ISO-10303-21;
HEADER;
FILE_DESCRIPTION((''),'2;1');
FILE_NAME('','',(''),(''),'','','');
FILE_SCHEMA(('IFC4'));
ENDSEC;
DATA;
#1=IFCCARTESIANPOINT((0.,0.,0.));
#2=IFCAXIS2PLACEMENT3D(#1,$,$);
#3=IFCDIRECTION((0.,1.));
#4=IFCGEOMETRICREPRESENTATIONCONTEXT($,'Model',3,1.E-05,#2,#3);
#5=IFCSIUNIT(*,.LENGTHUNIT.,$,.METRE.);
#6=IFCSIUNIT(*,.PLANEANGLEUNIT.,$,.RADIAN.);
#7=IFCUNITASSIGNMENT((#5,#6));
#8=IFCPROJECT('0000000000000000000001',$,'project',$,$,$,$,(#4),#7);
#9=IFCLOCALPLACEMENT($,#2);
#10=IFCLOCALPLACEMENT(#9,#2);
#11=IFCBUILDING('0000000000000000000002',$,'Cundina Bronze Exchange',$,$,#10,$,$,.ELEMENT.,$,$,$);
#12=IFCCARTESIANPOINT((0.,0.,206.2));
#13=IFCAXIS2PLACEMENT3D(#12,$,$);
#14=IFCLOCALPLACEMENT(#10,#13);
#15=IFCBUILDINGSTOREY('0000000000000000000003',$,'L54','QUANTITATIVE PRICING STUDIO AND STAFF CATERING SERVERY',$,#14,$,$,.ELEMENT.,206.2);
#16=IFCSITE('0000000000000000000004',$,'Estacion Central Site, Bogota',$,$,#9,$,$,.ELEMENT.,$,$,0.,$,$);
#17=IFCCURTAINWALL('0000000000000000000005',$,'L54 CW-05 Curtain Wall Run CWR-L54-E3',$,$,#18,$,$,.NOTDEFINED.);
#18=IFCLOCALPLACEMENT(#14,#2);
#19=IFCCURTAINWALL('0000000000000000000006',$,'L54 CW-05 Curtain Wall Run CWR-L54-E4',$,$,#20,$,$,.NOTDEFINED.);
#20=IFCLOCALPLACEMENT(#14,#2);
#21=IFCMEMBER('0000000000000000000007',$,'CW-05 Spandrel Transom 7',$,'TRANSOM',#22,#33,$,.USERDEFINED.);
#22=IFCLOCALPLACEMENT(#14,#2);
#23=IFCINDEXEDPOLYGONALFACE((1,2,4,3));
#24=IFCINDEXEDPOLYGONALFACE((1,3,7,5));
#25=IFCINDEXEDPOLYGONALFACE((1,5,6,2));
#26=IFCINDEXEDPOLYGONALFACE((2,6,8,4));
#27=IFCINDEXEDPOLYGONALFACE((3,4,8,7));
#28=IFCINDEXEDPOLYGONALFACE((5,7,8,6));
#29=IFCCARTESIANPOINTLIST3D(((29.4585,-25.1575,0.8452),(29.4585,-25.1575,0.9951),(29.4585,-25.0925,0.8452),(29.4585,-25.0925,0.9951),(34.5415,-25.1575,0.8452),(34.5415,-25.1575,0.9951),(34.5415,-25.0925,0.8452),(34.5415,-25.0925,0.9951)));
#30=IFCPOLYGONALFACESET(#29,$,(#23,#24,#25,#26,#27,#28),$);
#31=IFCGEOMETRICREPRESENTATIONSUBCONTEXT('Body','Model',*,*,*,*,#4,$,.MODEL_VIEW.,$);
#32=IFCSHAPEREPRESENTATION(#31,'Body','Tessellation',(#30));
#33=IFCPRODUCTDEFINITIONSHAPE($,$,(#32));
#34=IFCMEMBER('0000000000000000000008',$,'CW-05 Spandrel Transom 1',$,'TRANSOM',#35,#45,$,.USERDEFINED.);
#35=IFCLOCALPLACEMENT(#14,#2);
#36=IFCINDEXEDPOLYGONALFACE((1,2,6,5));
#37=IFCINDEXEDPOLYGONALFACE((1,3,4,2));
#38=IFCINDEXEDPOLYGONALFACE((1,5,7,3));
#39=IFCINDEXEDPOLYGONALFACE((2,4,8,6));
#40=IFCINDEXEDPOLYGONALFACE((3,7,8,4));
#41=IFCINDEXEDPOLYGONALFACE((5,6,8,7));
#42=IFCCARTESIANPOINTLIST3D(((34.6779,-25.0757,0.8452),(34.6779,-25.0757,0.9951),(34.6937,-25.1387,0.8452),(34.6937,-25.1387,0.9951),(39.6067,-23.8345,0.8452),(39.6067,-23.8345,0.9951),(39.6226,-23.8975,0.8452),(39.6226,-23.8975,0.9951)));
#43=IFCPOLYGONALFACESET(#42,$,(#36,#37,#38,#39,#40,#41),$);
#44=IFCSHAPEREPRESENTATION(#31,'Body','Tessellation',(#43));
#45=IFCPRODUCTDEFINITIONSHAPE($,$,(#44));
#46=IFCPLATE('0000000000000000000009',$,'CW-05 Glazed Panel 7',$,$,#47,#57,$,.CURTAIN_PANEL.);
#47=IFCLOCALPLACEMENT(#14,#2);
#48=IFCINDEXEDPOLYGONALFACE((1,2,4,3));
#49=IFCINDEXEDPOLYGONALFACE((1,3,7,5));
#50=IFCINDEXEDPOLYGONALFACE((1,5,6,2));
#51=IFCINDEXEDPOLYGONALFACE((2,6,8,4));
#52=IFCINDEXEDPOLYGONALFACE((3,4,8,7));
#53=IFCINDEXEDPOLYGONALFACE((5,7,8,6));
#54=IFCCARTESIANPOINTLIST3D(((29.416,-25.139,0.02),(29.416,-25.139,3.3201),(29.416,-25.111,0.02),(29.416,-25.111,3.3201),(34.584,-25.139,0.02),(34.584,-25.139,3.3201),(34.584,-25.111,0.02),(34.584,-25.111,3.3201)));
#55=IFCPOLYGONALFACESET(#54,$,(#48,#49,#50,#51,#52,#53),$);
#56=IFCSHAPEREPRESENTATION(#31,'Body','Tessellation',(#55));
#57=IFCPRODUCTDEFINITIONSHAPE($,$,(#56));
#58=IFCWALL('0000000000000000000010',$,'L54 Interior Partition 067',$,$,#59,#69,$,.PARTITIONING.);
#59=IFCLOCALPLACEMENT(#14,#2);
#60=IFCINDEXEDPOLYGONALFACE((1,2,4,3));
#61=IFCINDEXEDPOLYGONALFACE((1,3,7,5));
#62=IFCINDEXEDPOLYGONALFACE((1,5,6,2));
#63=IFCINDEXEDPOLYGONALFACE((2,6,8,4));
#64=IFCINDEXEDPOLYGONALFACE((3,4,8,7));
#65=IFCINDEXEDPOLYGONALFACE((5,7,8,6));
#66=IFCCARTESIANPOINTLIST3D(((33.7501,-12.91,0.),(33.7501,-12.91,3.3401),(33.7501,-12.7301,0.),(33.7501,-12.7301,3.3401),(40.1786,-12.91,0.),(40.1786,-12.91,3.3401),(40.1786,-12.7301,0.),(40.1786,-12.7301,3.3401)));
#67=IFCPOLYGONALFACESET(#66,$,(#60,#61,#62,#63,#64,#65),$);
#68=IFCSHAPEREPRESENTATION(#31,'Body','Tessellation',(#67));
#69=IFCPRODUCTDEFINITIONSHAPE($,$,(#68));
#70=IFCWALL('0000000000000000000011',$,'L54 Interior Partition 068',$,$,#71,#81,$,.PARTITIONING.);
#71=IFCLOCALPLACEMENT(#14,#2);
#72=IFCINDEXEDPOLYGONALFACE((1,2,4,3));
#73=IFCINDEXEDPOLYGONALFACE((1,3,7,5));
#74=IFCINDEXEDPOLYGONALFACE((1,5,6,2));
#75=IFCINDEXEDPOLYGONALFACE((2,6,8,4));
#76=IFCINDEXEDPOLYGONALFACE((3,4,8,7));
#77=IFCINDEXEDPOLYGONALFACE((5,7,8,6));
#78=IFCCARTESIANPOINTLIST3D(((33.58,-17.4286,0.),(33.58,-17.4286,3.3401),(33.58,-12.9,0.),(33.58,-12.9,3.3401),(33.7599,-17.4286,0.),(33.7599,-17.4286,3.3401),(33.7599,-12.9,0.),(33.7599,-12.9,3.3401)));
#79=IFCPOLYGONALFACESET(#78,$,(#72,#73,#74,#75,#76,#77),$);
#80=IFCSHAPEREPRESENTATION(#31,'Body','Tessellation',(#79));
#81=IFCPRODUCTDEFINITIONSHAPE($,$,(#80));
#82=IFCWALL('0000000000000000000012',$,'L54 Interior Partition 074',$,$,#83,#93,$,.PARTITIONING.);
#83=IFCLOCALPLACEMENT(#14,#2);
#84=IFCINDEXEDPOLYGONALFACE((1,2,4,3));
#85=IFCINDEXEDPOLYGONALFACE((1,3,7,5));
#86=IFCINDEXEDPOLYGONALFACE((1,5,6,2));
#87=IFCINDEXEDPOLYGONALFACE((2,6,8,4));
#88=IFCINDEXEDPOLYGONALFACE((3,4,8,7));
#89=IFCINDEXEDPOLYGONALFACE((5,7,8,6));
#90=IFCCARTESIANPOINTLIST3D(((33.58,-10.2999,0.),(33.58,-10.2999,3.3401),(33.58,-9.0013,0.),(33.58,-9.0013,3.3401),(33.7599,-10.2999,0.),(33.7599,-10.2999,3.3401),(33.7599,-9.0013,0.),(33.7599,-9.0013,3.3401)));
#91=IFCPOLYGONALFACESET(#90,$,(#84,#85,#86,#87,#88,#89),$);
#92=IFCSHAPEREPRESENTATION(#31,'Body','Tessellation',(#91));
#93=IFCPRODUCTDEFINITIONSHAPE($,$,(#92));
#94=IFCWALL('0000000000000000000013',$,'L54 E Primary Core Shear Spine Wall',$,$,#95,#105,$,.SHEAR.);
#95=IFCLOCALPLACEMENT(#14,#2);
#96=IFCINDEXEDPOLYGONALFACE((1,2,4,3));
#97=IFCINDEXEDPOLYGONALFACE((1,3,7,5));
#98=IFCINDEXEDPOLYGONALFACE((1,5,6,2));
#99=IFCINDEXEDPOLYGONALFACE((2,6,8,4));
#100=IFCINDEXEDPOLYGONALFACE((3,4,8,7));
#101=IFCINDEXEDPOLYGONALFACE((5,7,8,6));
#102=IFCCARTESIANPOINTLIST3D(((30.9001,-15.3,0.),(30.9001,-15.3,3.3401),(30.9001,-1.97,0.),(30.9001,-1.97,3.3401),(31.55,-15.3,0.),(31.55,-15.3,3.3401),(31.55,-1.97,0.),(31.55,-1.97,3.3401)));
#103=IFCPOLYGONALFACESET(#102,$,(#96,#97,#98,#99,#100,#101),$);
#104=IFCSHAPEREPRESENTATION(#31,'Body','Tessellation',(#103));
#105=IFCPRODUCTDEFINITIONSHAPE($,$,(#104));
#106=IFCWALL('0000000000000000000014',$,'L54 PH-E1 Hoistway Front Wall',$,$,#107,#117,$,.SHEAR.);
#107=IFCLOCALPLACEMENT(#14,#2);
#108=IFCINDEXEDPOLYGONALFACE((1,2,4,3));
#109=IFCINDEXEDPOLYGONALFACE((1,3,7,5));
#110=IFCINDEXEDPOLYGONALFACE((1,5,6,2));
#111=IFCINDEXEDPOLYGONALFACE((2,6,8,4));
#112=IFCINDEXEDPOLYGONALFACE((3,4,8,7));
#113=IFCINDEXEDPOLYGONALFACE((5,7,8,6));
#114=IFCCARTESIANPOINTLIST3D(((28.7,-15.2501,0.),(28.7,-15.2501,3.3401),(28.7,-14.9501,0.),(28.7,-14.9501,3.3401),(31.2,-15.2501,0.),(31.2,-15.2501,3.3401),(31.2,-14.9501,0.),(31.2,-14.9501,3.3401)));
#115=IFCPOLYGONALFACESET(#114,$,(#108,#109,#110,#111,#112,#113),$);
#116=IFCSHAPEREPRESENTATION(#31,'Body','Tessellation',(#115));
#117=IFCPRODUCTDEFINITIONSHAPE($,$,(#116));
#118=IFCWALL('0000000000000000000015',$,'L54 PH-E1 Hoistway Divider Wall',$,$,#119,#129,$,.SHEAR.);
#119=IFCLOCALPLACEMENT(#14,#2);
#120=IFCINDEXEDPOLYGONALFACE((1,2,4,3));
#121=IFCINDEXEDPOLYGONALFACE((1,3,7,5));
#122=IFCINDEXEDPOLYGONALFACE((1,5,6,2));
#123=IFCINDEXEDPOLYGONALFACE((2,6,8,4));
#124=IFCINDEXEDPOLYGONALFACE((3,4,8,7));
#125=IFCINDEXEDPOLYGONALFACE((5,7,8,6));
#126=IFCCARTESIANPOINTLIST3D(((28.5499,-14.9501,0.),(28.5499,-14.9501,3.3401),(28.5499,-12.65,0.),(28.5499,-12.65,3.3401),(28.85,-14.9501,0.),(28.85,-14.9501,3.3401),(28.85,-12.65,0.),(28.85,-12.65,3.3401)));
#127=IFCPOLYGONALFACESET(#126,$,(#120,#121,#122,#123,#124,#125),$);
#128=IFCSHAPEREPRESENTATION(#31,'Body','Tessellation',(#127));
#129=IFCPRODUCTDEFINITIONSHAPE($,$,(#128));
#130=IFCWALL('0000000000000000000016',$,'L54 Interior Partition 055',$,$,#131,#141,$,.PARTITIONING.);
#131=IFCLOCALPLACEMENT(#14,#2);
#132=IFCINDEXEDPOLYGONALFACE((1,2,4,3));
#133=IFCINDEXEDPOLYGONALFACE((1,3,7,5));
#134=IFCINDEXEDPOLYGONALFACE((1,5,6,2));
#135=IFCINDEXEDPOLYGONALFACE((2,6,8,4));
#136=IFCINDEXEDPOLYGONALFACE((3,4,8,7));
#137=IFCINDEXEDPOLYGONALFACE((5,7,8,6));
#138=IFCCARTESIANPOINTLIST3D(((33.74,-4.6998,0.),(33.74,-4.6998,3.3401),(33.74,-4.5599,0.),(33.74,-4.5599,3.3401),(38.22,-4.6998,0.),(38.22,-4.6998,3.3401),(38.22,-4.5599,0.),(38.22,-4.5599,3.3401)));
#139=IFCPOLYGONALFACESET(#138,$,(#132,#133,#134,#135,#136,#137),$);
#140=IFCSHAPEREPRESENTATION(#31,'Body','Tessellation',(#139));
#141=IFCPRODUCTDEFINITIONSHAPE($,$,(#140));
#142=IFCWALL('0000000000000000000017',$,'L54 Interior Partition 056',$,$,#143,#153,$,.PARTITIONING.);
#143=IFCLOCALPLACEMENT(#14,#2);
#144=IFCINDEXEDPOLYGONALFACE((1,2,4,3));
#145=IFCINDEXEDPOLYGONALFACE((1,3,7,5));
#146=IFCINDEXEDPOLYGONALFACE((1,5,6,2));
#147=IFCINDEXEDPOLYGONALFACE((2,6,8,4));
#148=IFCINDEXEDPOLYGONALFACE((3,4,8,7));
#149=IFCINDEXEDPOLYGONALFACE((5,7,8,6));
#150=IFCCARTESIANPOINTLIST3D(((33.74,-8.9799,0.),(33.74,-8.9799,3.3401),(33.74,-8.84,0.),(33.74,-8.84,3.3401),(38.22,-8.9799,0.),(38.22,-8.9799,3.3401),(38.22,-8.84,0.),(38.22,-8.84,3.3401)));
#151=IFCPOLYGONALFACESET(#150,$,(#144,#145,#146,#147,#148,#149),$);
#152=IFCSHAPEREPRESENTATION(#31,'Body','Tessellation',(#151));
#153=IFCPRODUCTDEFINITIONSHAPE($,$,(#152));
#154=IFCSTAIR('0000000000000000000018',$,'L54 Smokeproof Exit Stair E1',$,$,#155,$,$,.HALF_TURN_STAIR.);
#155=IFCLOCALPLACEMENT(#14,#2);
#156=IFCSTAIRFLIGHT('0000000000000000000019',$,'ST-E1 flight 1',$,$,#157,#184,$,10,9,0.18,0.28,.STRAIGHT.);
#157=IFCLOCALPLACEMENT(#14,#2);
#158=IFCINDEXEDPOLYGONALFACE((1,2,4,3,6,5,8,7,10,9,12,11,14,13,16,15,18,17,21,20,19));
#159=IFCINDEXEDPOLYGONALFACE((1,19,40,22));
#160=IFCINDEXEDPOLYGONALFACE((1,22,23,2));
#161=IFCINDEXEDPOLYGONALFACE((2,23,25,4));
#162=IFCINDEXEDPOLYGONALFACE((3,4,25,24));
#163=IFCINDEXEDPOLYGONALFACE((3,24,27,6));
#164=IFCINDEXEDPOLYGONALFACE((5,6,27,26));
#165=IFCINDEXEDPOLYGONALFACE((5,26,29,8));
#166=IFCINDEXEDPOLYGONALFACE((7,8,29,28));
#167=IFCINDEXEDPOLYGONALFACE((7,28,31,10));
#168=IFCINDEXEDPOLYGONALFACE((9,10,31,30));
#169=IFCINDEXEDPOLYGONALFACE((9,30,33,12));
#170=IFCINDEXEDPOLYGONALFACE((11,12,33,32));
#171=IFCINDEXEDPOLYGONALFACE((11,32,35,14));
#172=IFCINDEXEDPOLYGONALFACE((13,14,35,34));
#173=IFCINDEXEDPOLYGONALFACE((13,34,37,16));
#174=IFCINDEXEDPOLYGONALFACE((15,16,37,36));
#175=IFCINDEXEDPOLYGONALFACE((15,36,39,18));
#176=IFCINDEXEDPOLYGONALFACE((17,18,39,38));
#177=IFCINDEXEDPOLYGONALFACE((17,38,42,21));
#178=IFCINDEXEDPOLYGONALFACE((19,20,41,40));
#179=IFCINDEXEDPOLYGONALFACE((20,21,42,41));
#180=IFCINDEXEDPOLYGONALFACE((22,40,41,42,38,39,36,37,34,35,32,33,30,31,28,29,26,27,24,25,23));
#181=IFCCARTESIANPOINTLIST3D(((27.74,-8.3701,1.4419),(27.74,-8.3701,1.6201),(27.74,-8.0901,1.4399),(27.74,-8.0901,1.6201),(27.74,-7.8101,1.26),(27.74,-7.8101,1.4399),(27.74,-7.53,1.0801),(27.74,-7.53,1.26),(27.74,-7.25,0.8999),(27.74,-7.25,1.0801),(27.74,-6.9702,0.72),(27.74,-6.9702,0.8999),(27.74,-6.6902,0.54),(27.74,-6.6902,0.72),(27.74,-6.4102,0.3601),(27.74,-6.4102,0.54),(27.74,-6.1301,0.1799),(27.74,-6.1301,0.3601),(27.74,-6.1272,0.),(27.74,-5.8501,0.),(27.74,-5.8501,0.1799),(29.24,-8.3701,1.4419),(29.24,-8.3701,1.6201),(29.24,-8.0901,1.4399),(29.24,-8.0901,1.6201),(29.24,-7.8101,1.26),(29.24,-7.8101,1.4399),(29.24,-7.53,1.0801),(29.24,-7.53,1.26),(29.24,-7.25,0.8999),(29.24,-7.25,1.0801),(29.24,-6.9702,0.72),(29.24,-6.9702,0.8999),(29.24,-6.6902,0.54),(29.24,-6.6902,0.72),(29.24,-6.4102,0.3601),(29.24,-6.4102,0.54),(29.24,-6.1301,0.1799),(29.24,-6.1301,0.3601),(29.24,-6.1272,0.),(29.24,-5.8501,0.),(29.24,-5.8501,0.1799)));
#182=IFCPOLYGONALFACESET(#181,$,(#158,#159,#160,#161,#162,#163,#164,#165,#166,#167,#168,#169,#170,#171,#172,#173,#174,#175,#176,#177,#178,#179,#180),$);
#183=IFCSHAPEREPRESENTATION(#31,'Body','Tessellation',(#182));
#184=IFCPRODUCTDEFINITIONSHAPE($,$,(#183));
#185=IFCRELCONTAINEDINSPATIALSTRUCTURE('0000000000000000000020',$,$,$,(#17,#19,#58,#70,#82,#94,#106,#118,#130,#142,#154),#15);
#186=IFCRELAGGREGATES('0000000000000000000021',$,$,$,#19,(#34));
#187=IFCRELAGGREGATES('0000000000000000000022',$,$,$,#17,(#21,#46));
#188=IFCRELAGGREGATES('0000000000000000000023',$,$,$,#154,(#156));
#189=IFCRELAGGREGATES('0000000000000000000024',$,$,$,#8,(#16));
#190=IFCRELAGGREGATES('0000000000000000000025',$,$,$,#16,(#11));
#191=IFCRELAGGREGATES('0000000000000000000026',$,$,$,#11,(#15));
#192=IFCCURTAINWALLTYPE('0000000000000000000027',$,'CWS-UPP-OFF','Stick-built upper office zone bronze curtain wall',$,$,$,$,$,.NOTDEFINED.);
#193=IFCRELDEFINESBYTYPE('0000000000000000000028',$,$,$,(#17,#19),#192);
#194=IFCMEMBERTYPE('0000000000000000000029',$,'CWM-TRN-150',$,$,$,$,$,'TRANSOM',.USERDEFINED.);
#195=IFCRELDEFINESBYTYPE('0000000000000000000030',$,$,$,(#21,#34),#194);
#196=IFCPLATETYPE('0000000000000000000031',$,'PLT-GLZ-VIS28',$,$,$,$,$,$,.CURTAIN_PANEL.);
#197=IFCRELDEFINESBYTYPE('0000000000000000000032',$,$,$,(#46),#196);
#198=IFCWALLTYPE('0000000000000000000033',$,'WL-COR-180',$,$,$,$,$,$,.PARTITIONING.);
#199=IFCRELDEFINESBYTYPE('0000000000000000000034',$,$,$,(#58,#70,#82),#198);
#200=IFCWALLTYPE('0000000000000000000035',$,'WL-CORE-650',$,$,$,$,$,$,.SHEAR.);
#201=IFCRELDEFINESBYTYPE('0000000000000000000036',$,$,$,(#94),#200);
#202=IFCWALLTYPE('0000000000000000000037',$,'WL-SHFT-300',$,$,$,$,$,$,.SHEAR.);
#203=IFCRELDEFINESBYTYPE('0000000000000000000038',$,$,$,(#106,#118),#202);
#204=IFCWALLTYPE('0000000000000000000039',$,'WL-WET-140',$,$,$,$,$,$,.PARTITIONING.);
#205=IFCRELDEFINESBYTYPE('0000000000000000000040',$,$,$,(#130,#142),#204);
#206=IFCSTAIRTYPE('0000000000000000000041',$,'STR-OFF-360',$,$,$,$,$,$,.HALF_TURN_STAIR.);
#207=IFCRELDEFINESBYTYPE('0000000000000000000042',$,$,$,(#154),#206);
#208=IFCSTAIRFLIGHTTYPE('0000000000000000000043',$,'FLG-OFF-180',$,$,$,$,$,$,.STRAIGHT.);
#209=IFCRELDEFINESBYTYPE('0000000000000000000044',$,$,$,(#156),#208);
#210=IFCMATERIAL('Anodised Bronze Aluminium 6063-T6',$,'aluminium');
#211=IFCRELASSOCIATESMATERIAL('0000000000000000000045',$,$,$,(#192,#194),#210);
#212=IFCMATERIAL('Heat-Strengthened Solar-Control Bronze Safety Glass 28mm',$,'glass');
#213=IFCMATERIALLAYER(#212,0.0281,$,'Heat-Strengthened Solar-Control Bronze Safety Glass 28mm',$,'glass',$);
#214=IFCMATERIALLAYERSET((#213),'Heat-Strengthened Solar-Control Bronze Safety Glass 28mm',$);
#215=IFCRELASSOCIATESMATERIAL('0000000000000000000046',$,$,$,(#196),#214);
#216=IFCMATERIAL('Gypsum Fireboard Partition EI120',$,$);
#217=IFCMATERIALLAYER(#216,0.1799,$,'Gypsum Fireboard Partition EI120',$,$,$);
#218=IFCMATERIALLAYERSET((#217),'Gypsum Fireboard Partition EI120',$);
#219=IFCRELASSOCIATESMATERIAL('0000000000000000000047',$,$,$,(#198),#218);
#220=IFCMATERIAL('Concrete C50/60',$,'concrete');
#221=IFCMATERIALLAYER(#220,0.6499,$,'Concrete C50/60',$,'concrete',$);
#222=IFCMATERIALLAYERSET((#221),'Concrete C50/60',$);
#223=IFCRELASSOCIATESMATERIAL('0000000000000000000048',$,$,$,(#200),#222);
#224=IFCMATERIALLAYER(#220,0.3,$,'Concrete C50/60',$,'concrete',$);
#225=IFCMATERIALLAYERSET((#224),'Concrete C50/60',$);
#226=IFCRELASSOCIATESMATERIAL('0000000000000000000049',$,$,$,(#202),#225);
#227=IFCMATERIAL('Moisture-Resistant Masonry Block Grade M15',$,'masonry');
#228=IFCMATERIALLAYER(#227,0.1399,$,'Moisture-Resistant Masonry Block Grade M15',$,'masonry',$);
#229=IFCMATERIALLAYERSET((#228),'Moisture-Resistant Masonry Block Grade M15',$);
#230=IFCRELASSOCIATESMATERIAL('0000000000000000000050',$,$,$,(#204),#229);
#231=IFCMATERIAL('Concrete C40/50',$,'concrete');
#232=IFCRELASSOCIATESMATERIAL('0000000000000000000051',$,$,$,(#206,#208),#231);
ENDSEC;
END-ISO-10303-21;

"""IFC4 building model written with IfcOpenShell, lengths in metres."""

from ifc_helpers import new_model, si_unit, direction, frame, frame_2d, origin, origin_2d, place, context, subcontext, project, spatial, polyline, rectangle, outline, extrude, material, layer, layer_set, material_profile, profile_set, type_object, element, aggregate, save


model = new_model("IFC4")

# Units and contexts
model_context = context("Model", 3, precision=1e-05, world=origin(), true_north=direction((0.0, 1.0)))
body_context = subcontext(model_context, "Body", "Model", "MODEL_VIEW")
ifc_project = project(units=[si_unit("LENGTHUNIT", "METRE"), si_unit("PLANEANGLEUNIT", "RADIAN")], contexts=[model_context])

# Site, building, storey
site_placement = place(None, origin())
site = spatial("IfcSite", under=ifc_project, at=site_placement, Name="Estacion Central Site, Bogota", CompositionType="ELEMENT", RefElevation=0.0)
building_placement = place(site_placement, origin())
building = spatial("IfcBuilding", under=site, at=building_placement, Name="Cundina Bronze Exchange", CompositionType="ELEMENT")
storey_placement = place(building_placement, frame((0.0, 0.0, 206.2)))
storey = spatial("IfcBuildingStorey", under=building, at=storey_placement, Name="L54", Description="QUANTITATIVE PRICING STUDIO AND STAFF CATERING SERVERY", CompositionType="ELEMENT", Elevation=206.2)

# Shared definitions
ifc_material_1 = material(Name="Concrete C50/60", Category="concrete")

# Curtain wall
ifc_material_2 = material(Name="Anodised Bronze Aluminium 6063-T6", Category="aluminium")
curtain_wall_type = type_object("IfcCurtainWallType", Name="CWS-UPP-OFF", Description="Stick-built upper office zone bronze curtain wall", PredefinedType="NOTDEFINED", material=ifc_material_2)
curtain_wall_1_placement = place(storey_placement, origin())
curtain_wall_1 = element("IfcCurtainWall", 1, at=curtain_wall_1_placement, inside=storey, type_object=curtain_wall_type, Name="L54 CW-05 Curtain Wall Run CWR-L54-E3", PredefinedType="NOTDEFINED")

# Curtain wall
curtain_wall_2_placement = place(storey_placement, origin())
curtain_wall_2 = element("IfcCurtainWall", 2, at=curtain_wall_2_placement, inside=storey, type_object=curtain_wall_type, Name="L54 CW-05 Curtain Wall Run CWR-L54-E4", PredefinedType="NOTDEFINED")

# Members
ifc_material_profile_1 = material_profile(ifc_material_2, rectangle(XDim=0.0649, YDim=0.1499, at=origin_2d()), Name="AL65X150", Category="aluminium")
ifc_profile_set_1 = profile_set([ifc_material_profile_1], Name="Anodised Bronze Aluminium 6063-T6")
member_type_1 = type_object("IfcMemberType", Name="CWM-TRN-150", ElementType="TRANSOM", PredefinedType="USERDEFINED", material=ifc_profile_set_1)
member_1_placement = place(storey_placement, frame((29.4585, -25.125, 0.9202), z_axis=(1.0, 0.0, 0.0), x_axis=(0.0, 1.0, 0.0)))
member_1 = element("IfcMember", 3, at=member_1_placement, type_object=member_type_1, Name="CW-05 Spandrel Transom 7", ObjectType="TRANSOM", PredefinedType="USERDEFINED", context=body_context, shape_type="SweptSolid", body=[
    extrude(rectangle(XDim=0.0649, YDim=0.1499, at=origin_2d()), origin(), (0.0, 0.0, 1.0), 5.083),
])
member_2_placement = place(storey_placement, frame((34.6858, -25.1072, 0.9202), z_axis=(0.969726, 0.244197, 0.0), x_axis=(-0.244197, 0.969726, 0.0)))
member_2 = element("IfcMember", 4, at=member_2_placement, type_object=member_type_1, Name="CW-05 Spandrel Transom 1", ObjectType="TRANSOM", PredefinedType="USERDEFINED", context=body_context, shape_type="SweptSolid", body=[
    extrude(rectangle(XDim=0.0649, YDim=0.1499, at=origin_2d()), origin(), (0.0, 0.0, 1.0), 5.0828),
])
aggregate(curtain_wall_2, [member_2])

# Plate
ifc_material_3 = material(Name="Heat-Strengthened Solar-Control Bronze Safety Glass 28mm", Category="glass")
ifc_layer_1 = layer(ifc_material_3, 0.0281, Name="Heat-Strengthened Solar-Control Bronze Safety Glass 28mm", Category="glass")
ifc_layer_set_1 = layer_set([ifc_layer_1], Name="Heat-Strengthened Solar-Control Bronze Safety Glass 28mm")
plate_type = type_object("IfcPlateType", Name="PLT-GLZ-VIS28", PredefinedType="CURTAIN_PANEL", material=ifc_layer_set_1)
plate_placement = place(storey_placement, frame((32.0, -25.125, 0.02), z_axis=(0.0, 0.0, 1.0), x_axis=(1.0, 0.0, 0.0)))
plate = element("IfcPlate", 5, at=plate_placement, type_object=plate_type, Name="CW-05 Glazed Panel 7", PredefinedType="CURTAIN_PANEL", context=body_context, shape_type="SweptSolid", body=[
    extrude(rectangle(XDim=5.168, YDim=0.0281, at=origin_2d()), origin(), (0.0, 0.0, 1.0), 3.3),
])
aggregate(curtain_wall_1, [member_1, plate])

# Shared definitions
ifc_material_4 = material(Name="Gypsum Fireboard Partition EI120")
ifc_layer_2 = layer(ifc_material_4, 0.1799, Name="Gypsum Fireboard Partition EI120")
ifc_layer_set_2 = layer_set([ifc_layer_2], Name="Gypsum Fireboard Partition EI120")
wall_type_1 = type_object("IfcWallType", Name="WL-COR-180", PredefinedType="PARTITIONING", material=ifc_layer_set_2)

# Walls
wall_1_placement = place(storey_placement, frame((33.75, -12.8201, 0.0), z_axis=(0.0, 0.0, 1.0), x_axis=(1.0, 0.0, 0.0)))
element("IfcWall", 6, at=wall_1_placement, inside=storey, type_object=wall_type_1, Name="L54 Interior Partition 067", PredefinedType="PARTITIONING", context=body_context, shape_type="SweptSolid", body=[
    extrude(rectangle(XDim=6.4285, YDim=0.1799, at=frame_2d((3.2144, 0.0))), origin(), (0.0, 0.0, 1.0), 3.3401),
])
wall_2_placement = place(storey_placement, frame((33.6699, -17.4285, 0.0), z_axis=(0.0, 0.0, 1.0), x_axis=(0.0, 1.0, 0.0)))
element("IfcWall", 7, at=wall_2_placement, inside=storey, type_object=wall_type_1, Name="L54 Interior Partition 068", PredefinedType="PARTITIONING", context=body_context, shape_type="SweptSolid", body=[
    extrude(rectangle(XDim=4.5286, YDim=0.1799, at=frame_2d((2.2642, 0.0))), origin(), (0.0, 0.0, 1.0), 3.3401),
])
wall_3_placement = place(storey_placement, frame((33.6699, -10.3, 0.0), z_axis=(0.0, 0.0, 1.0), x_axis=(0.0, 1.0, 0.0)))
element("IfcWall", 8, at=wall_3_placement, inside=storey, type_object=wall_type_1, Name="L54 Interior Partition 074", PredefinedType="PARTITIONING", context=body_context, shape_type="SweptSolid", body=[
    extrude(rectangle(XDim=1.2986, YDim=0.1799, at=frame_2d((0.6494, 0.0))), origin(), (0.0, 0.0, 1.0), 3.3401),
])
ifc_layer_3 = layer(ifc_material_1, 0.6499, Name="Concrete C50/60", Category="concrete")
ifc_layer_set_3 = layer_set([ifc_layer_3], Name="Concrete C50/60")
wall_type_2 = type_object("IfcWallType", Name="WL-CORE-650", PredefinedType="SHEAR", material=ifc_layer_set_3)
wall_4_placement = place(storey_placement, frame((31.2251, -15.3, 0.0), z_axis=(0.0, 0.0, 1.0), x_axis=(0.0, 1.0, 0.0)))
element("IfcWall", 9, at=wall_4_placement, inside=storey, type_object=wall_type_2, Name="L54 E Primary Core Shear Spine Wall", PredefinedType="SHEAR", context=body_context, shape_type="SweptSolid", body=[
    extrude(rectangle(XDim=13.3301, YDim=0.6499, at=frame_2d((6.665, 0.0))), origin(), (0.0, 0.0, 1.0), 3.3401),
])
ifc_layer_4 = layer(ifc_material_1, 0.3, Name="Concrete C50/60", Category="concrete")
ifc_layer_set_4 = layer_set([ifc_layer_4], Name="Concrete C50/60")
wall_type_3 = type_object("IfcWallType", Name="WL-SHFT-300", PredefinedType="SHEAR", material=ifc_layer_set_4)
wall_5_placement = place(storey_placement, frame((28.7, -15.1001, 0.0), z_axis=(0.0, 0.0, 1.0), x_axis=(1.0, 0.0, 0.0)))
element("IfcWall", 10, at=wall_5_placement, inside=storey, type_object=wall_type_3, Name="L54 PH-E1 Hoistway Front Wall", PredefinedType="SHEAR", context=body_context, shape_type="SweptSolid", body=[
    extrude(rectangle(XDim=2.5, YDim=0.3, at=frame_2d((1.25, 0.0))), origin(), (0.0, 0.0, 1.0), 3.3401),
])
wall_6_placement = place(storey_placement, frame((28.7, -14.95, 0.0), z_axis=(0.0, 0.0, 1.0), x_axis=(0.0, 1.0, 0.0)))
element("IfcWall", 11, at=wall_6_placement, inside=storey, type_object=wall_type_3, Name="L54 PH-E1 Hoistway Divider Wall", PredefinedType="SHEAR", context=body_context, shape_type="SweptSolid", body=[
    extrude(rectangle(XDim=2.3, YDim=0.3, at=frame_2d((1.1499, 0.0))), origin(), (0.0, 0.0, 1.0), 3.3401),
])
ifc_material_5 = material(Name="Moisture-Resistant Masonry Block Grade M15", Category="masonry")
ifc_layer_5 = layer(ifc_material_5, 0.1399, Name="Moisture-Resistant Masonry Block Grade M15", Category="masonry")
ifc_layer_set_5 = layer_set([ifc_layer_5], Name="Moisture-Resistant Masonry Block Grade M15")
wall_type_4 = type_object("IfcWallType", Name="WL-WET-140", PredefinedType="PARTITIONING", material=ifc_layer_set_5)
for number, where, z_axis, x_axis, name in (
    (12, (33.74, -4.6299, 0.0), (0.0, 0.0, 1.0), (1.0, 0.0, 0.0), "L54 Interior Partition 055"),
    (13, (33.74, -8.9099, 0.0), (0.0, 0.0, 1.0), (1.0, 0.0, 0.0), "L54 Interior Partition 056"),
):
    element("IfcWall", number, at=place(storey_placement, frame(where, z_axis=z_axis, x_axis=x_axis)), inside=storey, type_object=wall_type_4, Name=name, PredefinedType="PARTITIONING", context=body_context, shape_type="SweptSolid", body=[
        extrude(rectangle(XDim=4.48, YDim=0.1399, at=frame_2d((2.24, 0.0))), origin(), (0.0, 0.0, 1.0), 3.3401),
    ])

# Stair, stair flight
ifc_material_6 = material(Name="Concrete C40/50", Category="concrete")
stair_type = type_object("IfcStairType", Name="STR-OFF-360", PredefinedType="HALF_TURN_STAIR", material=ifc_material_6)
stair_placement = place(storey_placement, origin())
stair = element("IfcStair", 14, at=stair_placement, inside=storey, type_object=stair_type, Name="L54 Smokeproof Exit Stair E1", PredefinedType="HALF_TURN_STAIR")
stair_flight_type = type_object("IfcStairFlightType", Name="FLG-OFF-180", PredefinedType="STRAIGHT", material=ifc_material_6)
stair_flight_1_placement = place(storey_placement, frame((28.49, -5.8501, 0.0), z_axis=(0.0, 0.0, 1.0), x_axis=(0.0, -1.0, 0.0)))
stair_flight_1 = element("IfcStairFlight", 15, at=stair_flight_1_placement, type_object=stair_flight_type, Name="ST-E1 flight 1", NumberOfRisers=10, NumberOfTreads=9, PredefinedType="STRAIGHT", RiserHeight=0.18, TreadLength=0.28, context=body_context, shape_type="SweptSolid", body=[
    extrude(outline(polyline([(0.0, 0.0), (0.0, 0.1799), (0.28, 0.1799), (0.28, 0.3601), (0.5601, 0.3601), (0.5601, 0.54), (0.8401, 0.54), (0.8401, 0.72), (1.1201, 0.72), (1.1201, 0.8999), (1.3999, 0.8999), (1.3999, 1.0801), (1.6799, 1.0801), (1.6799, 1.26), (1.96, 1.26), (1.96, 1.4399), (2.24, 1.4399), (2.24, 1.6201), (2.52, 1.6201), (2.52, 1.8), (2.52, 1.4419), (0.2771, 0.0), (0.0, 0.0)])), frame((0.0, 0.75, 0.0), z_axis=(0.0, -1.0, 0.0), x_axis=(1.0, 0.0, 0.0)), (0.0, 0.0, 1.0), 1.5),
])
aggregate(stair, [stair_flight_1])

save(model, "model.ifc")
